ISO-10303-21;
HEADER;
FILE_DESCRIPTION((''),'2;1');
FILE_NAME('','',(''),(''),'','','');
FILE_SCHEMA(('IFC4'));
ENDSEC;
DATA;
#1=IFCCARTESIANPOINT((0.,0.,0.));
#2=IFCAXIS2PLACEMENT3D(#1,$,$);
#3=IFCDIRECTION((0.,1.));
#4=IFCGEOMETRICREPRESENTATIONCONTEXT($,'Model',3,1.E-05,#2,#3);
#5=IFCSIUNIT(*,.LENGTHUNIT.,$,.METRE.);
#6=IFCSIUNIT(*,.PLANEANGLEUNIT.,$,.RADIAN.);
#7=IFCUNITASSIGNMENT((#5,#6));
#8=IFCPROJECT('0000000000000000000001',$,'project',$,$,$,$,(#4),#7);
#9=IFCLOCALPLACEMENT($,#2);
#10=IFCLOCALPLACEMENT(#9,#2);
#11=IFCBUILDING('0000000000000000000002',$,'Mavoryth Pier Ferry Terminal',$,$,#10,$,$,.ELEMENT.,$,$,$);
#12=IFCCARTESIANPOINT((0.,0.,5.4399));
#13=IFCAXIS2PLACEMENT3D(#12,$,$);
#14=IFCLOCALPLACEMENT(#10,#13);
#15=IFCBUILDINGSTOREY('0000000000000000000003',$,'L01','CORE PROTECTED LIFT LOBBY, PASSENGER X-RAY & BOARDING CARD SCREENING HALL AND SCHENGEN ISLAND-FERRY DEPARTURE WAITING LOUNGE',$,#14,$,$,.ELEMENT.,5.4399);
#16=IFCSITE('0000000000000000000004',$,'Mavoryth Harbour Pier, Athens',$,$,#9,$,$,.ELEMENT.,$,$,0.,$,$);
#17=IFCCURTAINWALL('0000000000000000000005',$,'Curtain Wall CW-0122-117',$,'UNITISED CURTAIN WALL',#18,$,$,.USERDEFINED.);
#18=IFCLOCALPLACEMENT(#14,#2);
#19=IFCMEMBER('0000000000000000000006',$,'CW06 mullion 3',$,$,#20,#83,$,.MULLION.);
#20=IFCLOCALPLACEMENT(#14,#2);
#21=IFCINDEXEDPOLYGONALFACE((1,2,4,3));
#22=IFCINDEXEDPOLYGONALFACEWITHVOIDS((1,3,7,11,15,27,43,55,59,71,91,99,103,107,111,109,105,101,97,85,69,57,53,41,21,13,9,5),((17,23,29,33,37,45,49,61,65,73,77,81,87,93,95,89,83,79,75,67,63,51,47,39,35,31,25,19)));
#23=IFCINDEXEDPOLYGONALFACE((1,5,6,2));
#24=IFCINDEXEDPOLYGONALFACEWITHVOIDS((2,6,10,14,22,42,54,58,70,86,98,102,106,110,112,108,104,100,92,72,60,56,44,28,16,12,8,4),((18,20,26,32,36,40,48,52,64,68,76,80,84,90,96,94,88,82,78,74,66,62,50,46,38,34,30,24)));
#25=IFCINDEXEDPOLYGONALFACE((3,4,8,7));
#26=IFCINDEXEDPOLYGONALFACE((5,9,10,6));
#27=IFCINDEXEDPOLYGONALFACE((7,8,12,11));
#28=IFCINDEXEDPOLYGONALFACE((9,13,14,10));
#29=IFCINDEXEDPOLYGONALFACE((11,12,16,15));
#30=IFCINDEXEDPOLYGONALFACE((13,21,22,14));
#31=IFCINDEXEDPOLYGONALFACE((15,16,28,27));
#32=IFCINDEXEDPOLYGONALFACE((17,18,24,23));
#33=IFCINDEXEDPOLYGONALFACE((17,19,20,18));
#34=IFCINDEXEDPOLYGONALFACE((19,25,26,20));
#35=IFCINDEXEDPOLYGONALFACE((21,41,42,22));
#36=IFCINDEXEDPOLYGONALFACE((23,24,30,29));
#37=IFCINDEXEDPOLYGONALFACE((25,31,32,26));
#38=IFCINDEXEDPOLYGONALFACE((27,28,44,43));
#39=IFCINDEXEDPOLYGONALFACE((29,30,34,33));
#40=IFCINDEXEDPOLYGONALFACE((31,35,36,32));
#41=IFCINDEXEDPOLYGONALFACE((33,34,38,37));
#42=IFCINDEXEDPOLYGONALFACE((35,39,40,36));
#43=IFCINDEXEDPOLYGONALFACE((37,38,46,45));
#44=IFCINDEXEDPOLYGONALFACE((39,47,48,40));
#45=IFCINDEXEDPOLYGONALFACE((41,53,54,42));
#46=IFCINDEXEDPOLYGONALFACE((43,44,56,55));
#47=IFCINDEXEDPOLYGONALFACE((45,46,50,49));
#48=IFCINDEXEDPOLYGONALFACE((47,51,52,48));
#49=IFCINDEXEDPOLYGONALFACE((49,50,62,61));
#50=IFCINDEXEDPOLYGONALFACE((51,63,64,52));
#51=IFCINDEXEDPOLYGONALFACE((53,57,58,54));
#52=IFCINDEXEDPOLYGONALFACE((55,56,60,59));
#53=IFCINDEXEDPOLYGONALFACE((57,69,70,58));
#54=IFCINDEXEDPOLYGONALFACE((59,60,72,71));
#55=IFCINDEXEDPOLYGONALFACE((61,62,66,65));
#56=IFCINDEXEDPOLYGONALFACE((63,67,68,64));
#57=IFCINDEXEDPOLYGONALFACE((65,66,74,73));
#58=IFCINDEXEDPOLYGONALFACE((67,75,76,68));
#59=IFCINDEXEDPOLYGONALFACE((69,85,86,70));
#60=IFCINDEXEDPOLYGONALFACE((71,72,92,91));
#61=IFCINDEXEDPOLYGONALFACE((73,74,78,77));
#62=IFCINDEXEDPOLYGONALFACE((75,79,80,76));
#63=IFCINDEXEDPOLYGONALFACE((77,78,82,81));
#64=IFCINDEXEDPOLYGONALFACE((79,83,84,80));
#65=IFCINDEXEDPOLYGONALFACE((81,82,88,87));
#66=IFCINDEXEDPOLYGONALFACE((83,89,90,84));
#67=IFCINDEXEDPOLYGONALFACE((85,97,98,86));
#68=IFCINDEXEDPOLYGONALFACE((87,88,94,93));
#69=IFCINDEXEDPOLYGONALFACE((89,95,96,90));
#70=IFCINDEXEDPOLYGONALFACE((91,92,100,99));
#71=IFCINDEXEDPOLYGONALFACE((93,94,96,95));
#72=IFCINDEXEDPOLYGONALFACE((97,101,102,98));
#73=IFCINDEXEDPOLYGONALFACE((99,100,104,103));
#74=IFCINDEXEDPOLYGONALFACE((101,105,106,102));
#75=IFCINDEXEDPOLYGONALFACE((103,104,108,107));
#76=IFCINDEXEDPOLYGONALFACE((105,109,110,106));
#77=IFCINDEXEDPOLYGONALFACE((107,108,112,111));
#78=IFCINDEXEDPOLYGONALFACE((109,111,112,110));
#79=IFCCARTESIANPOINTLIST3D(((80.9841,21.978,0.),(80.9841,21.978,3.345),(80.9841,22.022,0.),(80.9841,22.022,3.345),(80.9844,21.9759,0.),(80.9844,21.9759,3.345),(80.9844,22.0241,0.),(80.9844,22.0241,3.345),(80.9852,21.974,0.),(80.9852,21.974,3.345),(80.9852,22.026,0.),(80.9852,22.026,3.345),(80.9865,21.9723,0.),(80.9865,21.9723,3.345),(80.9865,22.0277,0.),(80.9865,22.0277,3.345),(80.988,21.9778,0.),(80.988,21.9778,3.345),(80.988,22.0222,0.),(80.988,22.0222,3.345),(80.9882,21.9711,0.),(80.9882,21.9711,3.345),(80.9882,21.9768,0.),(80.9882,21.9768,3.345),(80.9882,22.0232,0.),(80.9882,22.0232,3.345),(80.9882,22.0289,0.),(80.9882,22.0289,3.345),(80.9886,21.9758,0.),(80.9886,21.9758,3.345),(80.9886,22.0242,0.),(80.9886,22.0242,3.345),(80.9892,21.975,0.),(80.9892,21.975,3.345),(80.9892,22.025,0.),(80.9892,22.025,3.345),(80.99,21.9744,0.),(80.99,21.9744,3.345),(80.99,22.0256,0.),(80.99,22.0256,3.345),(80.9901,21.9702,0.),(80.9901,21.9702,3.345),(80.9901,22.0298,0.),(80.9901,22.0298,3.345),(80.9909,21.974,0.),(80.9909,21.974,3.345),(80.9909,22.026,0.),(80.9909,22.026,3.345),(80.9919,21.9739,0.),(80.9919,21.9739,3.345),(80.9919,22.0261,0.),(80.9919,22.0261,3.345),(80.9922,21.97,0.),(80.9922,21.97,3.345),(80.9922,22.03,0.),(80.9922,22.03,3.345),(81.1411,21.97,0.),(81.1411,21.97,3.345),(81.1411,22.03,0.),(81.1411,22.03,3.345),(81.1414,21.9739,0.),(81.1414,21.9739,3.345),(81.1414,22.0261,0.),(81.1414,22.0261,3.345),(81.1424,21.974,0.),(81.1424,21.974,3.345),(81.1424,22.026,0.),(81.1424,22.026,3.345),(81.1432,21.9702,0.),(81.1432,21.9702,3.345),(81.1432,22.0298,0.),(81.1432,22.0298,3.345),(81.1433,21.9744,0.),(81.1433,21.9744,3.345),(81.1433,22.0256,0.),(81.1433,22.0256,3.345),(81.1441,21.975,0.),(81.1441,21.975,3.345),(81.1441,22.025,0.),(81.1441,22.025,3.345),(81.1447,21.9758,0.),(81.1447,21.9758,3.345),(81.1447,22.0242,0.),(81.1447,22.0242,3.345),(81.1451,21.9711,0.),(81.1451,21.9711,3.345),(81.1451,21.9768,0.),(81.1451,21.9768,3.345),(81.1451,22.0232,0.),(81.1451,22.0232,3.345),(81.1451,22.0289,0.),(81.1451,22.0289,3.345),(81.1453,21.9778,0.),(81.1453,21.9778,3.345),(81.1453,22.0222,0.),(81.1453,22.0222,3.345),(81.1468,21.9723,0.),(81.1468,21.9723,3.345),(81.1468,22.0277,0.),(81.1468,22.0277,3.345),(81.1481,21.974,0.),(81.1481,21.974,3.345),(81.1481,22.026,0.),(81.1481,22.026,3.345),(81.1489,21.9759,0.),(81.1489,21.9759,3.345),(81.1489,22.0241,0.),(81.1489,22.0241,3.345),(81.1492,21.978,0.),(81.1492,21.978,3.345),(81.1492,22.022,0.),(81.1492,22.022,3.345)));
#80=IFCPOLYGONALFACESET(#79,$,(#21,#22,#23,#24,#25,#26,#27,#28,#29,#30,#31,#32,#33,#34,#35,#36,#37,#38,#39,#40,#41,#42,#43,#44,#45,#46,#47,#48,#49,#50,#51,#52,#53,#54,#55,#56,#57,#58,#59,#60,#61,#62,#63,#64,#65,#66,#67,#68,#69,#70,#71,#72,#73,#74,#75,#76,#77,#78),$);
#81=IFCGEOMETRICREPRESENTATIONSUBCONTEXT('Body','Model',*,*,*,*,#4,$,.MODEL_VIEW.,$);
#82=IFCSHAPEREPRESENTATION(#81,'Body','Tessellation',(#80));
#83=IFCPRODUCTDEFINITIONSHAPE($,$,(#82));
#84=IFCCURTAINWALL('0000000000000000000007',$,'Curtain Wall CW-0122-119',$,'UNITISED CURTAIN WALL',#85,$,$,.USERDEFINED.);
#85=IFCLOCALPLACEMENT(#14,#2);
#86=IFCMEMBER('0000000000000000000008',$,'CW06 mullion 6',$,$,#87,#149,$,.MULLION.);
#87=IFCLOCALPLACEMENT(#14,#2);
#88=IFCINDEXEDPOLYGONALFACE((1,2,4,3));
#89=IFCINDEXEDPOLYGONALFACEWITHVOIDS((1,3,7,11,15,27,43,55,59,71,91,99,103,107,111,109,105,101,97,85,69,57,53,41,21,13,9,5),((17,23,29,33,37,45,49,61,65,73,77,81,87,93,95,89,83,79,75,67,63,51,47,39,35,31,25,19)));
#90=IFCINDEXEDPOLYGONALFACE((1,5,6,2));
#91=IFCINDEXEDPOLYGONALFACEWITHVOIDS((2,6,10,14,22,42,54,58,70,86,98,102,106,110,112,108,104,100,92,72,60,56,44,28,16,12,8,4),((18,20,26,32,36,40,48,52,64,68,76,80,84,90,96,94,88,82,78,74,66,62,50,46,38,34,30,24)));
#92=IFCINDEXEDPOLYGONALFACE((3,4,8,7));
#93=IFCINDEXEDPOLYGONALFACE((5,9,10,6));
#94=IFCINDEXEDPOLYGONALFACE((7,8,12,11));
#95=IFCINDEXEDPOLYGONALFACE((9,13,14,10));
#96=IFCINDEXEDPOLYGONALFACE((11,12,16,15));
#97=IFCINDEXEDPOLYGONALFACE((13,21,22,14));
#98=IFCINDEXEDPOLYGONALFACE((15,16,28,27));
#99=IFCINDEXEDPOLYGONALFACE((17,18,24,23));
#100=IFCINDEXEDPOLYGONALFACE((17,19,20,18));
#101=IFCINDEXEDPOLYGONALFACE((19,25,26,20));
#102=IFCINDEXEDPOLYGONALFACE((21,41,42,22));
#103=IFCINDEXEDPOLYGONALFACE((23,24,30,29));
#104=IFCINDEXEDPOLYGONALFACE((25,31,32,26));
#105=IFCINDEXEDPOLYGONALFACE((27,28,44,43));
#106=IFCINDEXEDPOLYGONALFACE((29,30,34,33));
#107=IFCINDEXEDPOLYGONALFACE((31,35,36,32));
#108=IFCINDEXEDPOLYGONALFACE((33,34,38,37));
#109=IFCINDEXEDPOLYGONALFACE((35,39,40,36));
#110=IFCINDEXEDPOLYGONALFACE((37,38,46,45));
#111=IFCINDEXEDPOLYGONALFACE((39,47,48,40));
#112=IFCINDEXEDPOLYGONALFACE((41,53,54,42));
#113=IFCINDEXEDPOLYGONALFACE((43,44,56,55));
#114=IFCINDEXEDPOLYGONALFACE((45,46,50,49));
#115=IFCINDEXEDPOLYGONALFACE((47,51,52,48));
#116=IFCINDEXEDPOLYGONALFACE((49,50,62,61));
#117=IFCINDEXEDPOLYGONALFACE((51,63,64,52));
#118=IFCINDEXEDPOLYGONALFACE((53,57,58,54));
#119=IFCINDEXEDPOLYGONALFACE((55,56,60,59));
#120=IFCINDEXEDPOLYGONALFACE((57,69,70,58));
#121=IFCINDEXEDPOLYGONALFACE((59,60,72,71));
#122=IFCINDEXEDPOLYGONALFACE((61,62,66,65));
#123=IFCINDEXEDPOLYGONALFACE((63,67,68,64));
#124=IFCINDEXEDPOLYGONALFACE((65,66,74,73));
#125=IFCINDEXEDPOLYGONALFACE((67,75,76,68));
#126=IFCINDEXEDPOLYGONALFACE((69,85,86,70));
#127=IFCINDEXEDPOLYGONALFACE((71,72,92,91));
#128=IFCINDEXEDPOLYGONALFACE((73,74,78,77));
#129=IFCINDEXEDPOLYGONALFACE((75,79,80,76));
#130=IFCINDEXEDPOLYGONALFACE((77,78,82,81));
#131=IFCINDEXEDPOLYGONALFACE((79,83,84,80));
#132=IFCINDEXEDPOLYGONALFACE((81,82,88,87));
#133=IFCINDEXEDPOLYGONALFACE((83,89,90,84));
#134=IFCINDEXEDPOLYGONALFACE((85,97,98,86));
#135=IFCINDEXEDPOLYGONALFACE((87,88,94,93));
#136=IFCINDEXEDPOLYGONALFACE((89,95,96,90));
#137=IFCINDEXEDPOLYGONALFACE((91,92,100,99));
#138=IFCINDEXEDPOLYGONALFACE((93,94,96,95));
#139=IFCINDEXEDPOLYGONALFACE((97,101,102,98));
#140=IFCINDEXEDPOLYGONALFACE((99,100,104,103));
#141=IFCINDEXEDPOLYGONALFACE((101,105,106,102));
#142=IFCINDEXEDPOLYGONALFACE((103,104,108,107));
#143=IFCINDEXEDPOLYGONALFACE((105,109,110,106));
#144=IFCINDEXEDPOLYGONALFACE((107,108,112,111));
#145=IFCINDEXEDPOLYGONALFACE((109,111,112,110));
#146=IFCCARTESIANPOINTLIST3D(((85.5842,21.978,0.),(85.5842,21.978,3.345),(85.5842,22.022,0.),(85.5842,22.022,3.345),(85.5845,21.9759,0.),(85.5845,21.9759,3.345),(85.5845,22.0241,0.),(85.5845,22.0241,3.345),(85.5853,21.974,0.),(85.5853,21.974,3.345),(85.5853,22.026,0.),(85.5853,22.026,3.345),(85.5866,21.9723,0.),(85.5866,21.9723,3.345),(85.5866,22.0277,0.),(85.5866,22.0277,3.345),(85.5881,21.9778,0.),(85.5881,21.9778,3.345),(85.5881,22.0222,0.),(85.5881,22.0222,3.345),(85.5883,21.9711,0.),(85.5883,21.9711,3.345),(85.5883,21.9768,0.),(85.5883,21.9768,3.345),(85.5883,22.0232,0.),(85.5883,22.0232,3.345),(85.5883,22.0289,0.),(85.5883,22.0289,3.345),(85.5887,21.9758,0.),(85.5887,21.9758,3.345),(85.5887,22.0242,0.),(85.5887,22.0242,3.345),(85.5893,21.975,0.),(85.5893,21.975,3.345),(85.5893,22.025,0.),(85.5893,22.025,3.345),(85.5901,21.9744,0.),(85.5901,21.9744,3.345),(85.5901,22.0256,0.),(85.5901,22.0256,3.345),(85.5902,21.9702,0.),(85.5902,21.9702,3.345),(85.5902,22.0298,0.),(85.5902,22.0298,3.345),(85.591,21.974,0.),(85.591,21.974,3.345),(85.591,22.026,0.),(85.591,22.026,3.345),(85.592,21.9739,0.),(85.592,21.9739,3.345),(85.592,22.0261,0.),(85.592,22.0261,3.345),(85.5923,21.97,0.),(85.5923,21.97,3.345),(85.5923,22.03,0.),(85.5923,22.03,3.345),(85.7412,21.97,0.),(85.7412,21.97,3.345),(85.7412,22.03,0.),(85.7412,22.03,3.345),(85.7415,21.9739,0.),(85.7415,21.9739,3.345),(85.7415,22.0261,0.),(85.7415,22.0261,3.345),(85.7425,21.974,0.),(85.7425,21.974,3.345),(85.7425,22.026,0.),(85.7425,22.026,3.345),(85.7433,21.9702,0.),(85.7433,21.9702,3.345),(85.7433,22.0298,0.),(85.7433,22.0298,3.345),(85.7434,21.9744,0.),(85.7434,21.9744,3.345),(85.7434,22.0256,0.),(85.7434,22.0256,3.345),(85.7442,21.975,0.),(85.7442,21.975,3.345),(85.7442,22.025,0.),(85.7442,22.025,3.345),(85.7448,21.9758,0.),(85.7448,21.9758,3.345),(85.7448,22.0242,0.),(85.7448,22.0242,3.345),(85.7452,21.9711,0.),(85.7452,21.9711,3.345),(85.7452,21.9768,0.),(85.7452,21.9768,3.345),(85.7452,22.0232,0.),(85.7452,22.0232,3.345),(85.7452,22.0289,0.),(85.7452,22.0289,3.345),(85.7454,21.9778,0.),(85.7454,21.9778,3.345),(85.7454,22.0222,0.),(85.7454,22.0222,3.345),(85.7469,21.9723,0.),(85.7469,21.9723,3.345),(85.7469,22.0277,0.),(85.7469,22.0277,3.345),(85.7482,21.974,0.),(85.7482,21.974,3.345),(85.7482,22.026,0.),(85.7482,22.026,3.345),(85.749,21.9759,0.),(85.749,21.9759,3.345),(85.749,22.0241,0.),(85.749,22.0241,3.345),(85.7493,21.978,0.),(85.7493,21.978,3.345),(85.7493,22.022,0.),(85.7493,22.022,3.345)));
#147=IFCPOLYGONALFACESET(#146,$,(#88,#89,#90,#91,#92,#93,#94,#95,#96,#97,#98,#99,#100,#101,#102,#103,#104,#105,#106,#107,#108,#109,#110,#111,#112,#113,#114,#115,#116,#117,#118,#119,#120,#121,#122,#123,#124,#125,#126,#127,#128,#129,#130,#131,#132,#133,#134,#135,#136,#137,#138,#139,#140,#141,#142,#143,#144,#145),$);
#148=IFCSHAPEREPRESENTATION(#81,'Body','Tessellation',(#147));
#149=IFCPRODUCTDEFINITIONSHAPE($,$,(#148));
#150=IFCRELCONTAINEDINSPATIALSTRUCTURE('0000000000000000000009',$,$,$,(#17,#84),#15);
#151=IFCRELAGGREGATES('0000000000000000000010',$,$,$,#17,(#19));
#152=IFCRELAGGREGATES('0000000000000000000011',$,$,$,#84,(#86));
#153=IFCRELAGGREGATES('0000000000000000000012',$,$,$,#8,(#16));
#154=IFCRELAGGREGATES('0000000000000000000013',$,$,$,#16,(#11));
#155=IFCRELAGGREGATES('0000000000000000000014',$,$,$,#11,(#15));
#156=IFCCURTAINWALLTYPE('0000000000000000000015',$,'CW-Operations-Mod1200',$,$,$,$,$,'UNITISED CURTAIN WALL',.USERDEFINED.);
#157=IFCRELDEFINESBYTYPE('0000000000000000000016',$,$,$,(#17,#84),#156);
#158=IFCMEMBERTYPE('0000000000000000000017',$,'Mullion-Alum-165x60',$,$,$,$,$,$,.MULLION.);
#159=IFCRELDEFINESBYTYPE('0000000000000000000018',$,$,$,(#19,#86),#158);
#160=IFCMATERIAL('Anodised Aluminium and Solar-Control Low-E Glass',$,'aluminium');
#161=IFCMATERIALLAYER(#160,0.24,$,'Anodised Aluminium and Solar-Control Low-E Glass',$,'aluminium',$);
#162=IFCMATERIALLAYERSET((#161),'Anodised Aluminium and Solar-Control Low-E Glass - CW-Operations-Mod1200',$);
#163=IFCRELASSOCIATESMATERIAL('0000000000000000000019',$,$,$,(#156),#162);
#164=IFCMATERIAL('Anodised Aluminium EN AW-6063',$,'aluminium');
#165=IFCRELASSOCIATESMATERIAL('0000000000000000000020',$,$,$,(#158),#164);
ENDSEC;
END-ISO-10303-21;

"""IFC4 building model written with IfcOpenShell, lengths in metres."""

from ifc_helpers import new_model, si_unit, direction, frame, origin, origin_2d, place, context, subcontext, project, spatial, hollow_rectangle, extrude, material, layer, layer_set, material_profile, profile_set, type_object, element, aggregate, save


model = new_model("IFC4")

# Units and contexts
model_context = context("Model", 3, precision=1e-05, world=origin(), true_north=direction((0.0, 1.0)))
body_context = subcontext(model_context, "Body", "Model", "MODEL_VIEW")
ifc_project = project(units=[si_unit("LENGTHUNIT", "METRE"), si_unit("PLANEANGLEUNIT", "RADIAN")], contexts=[model_context])

# Site, building, storey
site_placement = place(None, origin())
site = spatial("IfcSite", under=ifc_project, at=site_placement, Name="Mavoryth Harbour Pier, Athens", CompositionType="ELEMENT", RefElevation=0.0)
building_placement = place(site_placement, origin())
building = spatial("IfcBuilding", under=site, at=building_placement, Name="Mavoryth Pier Ferry Terminal", CompositionType="ELEMENT")
storey_placement = place(building_placement, frame((0.0, 0.0, 5.4399)))
storey = spatial("IfcBuildingStorey", under=building, at=storey_placement, Name="L01", Description="CORE PROTECTED LIFT LOBBY, PASSENGER X-RAY & BOARDING CARD SCREENING HALL AND SCHENGEN ISLAND-FERRY DEPARTURE WAITING LOUNGE", CompositionType="ELEMENT", Elevation=5.4399)

# Curtain walls, members
ifc_material_1 = material(Name="Anodised Aluminium and Solar-Control Low-E Glass", Category="aluminium")
ifc_layer_1 = layer(ifc_material_1, 0.24, Name="Anodised Aluminium and Solar-Control Low-E Glass", Category="aluminium")
ifc_layer_set_1 = layer_set([ifc_layer_1], Name="Anodised Aluminium and Solar-Control Low-E Glass - CW-Operations-Mod1200")
curtain_wall_type = type_object("IfcCurtainWallType", Name="CW-Operations-Mod1200", ElementType="UNITISED CURTAIN WALL", PredefinedType="USERDEFINED", material=ifc_layer_set_1)
curtain_wall_1_placement = place(storey_placement, origin())
curtain_wall_1 = element("IfcCurtainWall", 1, at=curtain_wall_1_placement, inside=storey, type_object=curtain_wall_type, Name="Curtain Wall CW-0122-117", ObjectType="UNITISED CURTAIN WALL", PredefinedType="USERDEFINED")
ifc_material_2 = material(Name="Anodised Aluminium EN AW-6063", Category="aluminium")
ifc_material_profile_1 = material_profile(ifc_material_2, hollow_rectangle(XDim=0.0601, YDim=0.165, WallThickness=0.0039, InnerFilletRadius=0.0039, OuterFilletRadius=0.0081, at=origin_2d()), Name="AL-MULL 165x60x4", Category="aluminium")
ifc_profile_set_1 = profile_set([ifc_material_profile_1], Name="Anodised Aluminium EN AW-6063 - AL-MULL 165x60x4")
member_type_1 = type_object("IfcMemberType", Name="Mullion-Alum-165x60", PredefinedType="MULLION", material=ifc_profile_set_1)
member_1_placement = place(storey_placement, frame((81.0667, 22.0, 0.0), z_axis=(0.0, 0.0, 1.0), x_axis=(0.0, -1.0, 0.0)))
member_1 = element("IfcMember", 2, at=member_1_placement, type_object=member_type_1, Name="CW06 mullion 3", PredefinedType="MULLION", context=body_context, shape_type="SweptSolid", body=[
    extrude(hollow_rectangle(XDim=0.0601, YDim=0.165, WallThickness=0.0039, InnerFilletRadius=0.0039, OuterFilletRadius=0.0081, at=origin_2d()), origin(), (0.0, 0.0, 1.0), 3.345),
])
curtain_wall_2_placement = place(storey_placement, origin())
curtain_wall_2 = element("IfcCurtainWall", 3, at=curtain_wall_2_placement, inside=storey, type_object=curtain_wall_type, Name="Curtain Wall CW-0122-119", ObjectType="UNITISED CURTAIN WALL", PredefinedType="USERDEFINED")
member_2_placement = place(storey_placement, frame((85.6667, 22.0, 0.0), z_axis=(0.0, 0.0, 1.0), x_axis=(0.0, -1.0, 0.0)))
member_2 = element("IfcMember", 4, at=member_2_placement, type_object=member_type_1, Name="CW06 mullion 6", PredefinedType="MULLION", context=body_context, shape_type="SweptSolid", body=[
    extrude(hollow_rectangle(XDim=0.0601, YDim=0.165, WallThickness=0.0039, InnerFilletRadius=0.0039, OuterFilletRadius=0.0081, at=origin_2d()), origin(), (0.0, 0.0, 1.0), 3.345),
])

aggregate(curtain_wall_1, [member_1])
aggregate(curtain_wall_2, [member_2])

save(model, "model.ifc")
